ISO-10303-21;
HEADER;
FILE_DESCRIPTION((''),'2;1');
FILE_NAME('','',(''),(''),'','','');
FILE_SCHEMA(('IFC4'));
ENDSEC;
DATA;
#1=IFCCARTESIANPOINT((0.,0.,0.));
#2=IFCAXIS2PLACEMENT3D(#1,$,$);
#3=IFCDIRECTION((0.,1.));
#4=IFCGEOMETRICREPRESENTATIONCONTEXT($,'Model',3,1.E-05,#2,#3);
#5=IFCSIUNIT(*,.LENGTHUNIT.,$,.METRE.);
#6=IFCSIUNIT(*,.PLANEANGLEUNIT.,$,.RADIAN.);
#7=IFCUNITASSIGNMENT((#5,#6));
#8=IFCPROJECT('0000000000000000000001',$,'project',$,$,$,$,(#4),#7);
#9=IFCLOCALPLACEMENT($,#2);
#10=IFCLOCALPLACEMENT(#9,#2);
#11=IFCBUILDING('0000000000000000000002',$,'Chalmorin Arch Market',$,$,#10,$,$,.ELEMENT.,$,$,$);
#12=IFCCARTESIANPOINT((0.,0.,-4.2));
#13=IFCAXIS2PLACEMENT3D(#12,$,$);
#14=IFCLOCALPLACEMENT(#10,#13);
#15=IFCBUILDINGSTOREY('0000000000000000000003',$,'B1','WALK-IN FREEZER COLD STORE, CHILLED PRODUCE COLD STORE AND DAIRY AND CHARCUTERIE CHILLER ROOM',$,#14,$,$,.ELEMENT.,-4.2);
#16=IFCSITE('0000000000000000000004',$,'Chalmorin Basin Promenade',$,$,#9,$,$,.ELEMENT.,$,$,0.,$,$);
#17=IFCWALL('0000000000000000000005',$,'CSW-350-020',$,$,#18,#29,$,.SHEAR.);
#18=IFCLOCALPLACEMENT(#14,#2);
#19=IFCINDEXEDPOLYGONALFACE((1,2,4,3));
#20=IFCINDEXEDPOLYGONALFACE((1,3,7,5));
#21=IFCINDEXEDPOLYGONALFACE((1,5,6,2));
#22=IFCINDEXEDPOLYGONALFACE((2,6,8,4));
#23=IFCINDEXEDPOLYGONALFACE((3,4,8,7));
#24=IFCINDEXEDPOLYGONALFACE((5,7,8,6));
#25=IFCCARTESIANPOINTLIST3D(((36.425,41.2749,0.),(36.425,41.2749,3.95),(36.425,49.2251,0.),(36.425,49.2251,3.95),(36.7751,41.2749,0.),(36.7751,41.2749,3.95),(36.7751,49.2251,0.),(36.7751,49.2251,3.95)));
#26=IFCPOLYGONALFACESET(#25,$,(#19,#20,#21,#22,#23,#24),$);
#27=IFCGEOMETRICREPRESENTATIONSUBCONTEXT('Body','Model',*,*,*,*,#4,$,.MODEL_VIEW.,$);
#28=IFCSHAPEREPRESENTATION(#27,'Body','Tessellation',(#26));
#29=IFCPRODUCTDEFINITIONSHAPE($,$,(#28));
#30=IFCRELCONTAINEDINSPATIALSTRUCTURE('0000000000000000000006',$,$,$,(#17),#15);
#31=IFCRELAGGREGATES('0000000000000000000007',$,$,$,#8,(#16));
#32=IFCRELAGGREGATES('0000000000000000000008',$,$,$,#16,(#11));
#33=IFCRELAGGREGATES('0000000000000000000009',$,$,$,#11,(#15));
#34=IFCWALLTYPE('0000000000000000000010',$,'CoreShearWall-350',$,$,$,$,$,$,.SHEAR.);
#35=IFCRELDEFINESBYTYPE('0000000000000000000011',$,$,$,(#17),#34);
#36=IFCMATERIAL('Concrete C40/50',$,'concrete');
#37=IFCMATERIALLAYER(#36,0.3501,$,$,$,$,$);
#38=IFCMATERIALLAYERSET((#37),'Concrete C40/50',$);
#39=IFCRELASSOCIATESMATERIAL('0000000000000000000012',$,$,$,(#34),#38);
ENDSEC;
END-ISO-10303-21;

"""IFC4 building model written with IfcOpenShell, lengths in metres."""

from ifc_helpers import new_model, si_unit, direction, frame, frame_2d, origin, place, context, subcontext, project, spatial, rectangle, extrude, material, layer, layer_set, type_object, element, save


model = new_model("IFC4")

# Units and contexts
model_context = context("Model", 3, precision=1e-05, world=origin(), true_north=direction((0.0, 1.0)))
body_context = subcontext(model_context, "Body", "Model", "MODEL_VIEW")
ifc_project = project(units=[si_unit("LENGTHUNIT", "METRE"), si_unit("PLANEANGLEUNIT", "RADIAN")], contexts=[model_context])

# Site, building, storey
site_placement = place(None, origin())
site = spatial("IfcSite", under=ifc_project, at=site_placement, Name="Chalmorin Basin Promenade", CompositionType="ELEMENT", RefElevation=0.0)
building_placement = place(site_placement, origin())
building = spatial("IfcBuilding", under=site, at=building_placement, Name="Chalmorin Arch Market", CompositionType="ELEMENT")
storey_placement = place(building_placement, frame((0.0, 0.0, -4.2)))
storey = spatial("IfcBuildingStorey", under=building, at=storey_placement, Name="B1", Description="WALK-IN FREEZER COLD STORE, CHILLED PRODUCE COLD STORE AND DAIRY AND CHARCUTERIE CHILLER ROOM", CompositionType="ELEMENT", Elevation=-4.2)

# Shared definitions
ifc_material_1 = material(Name="Concrete C40/50", Category="concrete")

# Wall
ifc_layer_1 = layer(ifc_material_1, 0.3501)
ifc_layer_set_1 = layer_set([ifc_layer_1], Name="Concrete C40/50")
wall_type = type_object("IfcWallType", Name="CoreShearWall-350", PredefinedType="SHEAR", material=ifc_layer_set_1)
for number, where, z_axis, x_axis, name in (
    (1, (36.6001, 49.2251, 0.0), (0.0, 0.0, 1.0), (0.0, -1.0, 0.0), "CSW-350-020"),
):
    element("IfcWall", number, at=place(storey_placement, frame(where, z_axis=z_axis, x_axis=x_axis)), inside=storey, type_object=wall_type, Name=name, PredefinedType="SHEAR", context=body_context, shape_type="SweptSolid", body=[
        extrude(rectangle(XDim=7.9502, YDim=0.3501, at=frame_2d((3.9751, 0.0))), origin(), (0.0, 0.0, 1.0), 3.95),
    ])

save(model, "model.ifc")
